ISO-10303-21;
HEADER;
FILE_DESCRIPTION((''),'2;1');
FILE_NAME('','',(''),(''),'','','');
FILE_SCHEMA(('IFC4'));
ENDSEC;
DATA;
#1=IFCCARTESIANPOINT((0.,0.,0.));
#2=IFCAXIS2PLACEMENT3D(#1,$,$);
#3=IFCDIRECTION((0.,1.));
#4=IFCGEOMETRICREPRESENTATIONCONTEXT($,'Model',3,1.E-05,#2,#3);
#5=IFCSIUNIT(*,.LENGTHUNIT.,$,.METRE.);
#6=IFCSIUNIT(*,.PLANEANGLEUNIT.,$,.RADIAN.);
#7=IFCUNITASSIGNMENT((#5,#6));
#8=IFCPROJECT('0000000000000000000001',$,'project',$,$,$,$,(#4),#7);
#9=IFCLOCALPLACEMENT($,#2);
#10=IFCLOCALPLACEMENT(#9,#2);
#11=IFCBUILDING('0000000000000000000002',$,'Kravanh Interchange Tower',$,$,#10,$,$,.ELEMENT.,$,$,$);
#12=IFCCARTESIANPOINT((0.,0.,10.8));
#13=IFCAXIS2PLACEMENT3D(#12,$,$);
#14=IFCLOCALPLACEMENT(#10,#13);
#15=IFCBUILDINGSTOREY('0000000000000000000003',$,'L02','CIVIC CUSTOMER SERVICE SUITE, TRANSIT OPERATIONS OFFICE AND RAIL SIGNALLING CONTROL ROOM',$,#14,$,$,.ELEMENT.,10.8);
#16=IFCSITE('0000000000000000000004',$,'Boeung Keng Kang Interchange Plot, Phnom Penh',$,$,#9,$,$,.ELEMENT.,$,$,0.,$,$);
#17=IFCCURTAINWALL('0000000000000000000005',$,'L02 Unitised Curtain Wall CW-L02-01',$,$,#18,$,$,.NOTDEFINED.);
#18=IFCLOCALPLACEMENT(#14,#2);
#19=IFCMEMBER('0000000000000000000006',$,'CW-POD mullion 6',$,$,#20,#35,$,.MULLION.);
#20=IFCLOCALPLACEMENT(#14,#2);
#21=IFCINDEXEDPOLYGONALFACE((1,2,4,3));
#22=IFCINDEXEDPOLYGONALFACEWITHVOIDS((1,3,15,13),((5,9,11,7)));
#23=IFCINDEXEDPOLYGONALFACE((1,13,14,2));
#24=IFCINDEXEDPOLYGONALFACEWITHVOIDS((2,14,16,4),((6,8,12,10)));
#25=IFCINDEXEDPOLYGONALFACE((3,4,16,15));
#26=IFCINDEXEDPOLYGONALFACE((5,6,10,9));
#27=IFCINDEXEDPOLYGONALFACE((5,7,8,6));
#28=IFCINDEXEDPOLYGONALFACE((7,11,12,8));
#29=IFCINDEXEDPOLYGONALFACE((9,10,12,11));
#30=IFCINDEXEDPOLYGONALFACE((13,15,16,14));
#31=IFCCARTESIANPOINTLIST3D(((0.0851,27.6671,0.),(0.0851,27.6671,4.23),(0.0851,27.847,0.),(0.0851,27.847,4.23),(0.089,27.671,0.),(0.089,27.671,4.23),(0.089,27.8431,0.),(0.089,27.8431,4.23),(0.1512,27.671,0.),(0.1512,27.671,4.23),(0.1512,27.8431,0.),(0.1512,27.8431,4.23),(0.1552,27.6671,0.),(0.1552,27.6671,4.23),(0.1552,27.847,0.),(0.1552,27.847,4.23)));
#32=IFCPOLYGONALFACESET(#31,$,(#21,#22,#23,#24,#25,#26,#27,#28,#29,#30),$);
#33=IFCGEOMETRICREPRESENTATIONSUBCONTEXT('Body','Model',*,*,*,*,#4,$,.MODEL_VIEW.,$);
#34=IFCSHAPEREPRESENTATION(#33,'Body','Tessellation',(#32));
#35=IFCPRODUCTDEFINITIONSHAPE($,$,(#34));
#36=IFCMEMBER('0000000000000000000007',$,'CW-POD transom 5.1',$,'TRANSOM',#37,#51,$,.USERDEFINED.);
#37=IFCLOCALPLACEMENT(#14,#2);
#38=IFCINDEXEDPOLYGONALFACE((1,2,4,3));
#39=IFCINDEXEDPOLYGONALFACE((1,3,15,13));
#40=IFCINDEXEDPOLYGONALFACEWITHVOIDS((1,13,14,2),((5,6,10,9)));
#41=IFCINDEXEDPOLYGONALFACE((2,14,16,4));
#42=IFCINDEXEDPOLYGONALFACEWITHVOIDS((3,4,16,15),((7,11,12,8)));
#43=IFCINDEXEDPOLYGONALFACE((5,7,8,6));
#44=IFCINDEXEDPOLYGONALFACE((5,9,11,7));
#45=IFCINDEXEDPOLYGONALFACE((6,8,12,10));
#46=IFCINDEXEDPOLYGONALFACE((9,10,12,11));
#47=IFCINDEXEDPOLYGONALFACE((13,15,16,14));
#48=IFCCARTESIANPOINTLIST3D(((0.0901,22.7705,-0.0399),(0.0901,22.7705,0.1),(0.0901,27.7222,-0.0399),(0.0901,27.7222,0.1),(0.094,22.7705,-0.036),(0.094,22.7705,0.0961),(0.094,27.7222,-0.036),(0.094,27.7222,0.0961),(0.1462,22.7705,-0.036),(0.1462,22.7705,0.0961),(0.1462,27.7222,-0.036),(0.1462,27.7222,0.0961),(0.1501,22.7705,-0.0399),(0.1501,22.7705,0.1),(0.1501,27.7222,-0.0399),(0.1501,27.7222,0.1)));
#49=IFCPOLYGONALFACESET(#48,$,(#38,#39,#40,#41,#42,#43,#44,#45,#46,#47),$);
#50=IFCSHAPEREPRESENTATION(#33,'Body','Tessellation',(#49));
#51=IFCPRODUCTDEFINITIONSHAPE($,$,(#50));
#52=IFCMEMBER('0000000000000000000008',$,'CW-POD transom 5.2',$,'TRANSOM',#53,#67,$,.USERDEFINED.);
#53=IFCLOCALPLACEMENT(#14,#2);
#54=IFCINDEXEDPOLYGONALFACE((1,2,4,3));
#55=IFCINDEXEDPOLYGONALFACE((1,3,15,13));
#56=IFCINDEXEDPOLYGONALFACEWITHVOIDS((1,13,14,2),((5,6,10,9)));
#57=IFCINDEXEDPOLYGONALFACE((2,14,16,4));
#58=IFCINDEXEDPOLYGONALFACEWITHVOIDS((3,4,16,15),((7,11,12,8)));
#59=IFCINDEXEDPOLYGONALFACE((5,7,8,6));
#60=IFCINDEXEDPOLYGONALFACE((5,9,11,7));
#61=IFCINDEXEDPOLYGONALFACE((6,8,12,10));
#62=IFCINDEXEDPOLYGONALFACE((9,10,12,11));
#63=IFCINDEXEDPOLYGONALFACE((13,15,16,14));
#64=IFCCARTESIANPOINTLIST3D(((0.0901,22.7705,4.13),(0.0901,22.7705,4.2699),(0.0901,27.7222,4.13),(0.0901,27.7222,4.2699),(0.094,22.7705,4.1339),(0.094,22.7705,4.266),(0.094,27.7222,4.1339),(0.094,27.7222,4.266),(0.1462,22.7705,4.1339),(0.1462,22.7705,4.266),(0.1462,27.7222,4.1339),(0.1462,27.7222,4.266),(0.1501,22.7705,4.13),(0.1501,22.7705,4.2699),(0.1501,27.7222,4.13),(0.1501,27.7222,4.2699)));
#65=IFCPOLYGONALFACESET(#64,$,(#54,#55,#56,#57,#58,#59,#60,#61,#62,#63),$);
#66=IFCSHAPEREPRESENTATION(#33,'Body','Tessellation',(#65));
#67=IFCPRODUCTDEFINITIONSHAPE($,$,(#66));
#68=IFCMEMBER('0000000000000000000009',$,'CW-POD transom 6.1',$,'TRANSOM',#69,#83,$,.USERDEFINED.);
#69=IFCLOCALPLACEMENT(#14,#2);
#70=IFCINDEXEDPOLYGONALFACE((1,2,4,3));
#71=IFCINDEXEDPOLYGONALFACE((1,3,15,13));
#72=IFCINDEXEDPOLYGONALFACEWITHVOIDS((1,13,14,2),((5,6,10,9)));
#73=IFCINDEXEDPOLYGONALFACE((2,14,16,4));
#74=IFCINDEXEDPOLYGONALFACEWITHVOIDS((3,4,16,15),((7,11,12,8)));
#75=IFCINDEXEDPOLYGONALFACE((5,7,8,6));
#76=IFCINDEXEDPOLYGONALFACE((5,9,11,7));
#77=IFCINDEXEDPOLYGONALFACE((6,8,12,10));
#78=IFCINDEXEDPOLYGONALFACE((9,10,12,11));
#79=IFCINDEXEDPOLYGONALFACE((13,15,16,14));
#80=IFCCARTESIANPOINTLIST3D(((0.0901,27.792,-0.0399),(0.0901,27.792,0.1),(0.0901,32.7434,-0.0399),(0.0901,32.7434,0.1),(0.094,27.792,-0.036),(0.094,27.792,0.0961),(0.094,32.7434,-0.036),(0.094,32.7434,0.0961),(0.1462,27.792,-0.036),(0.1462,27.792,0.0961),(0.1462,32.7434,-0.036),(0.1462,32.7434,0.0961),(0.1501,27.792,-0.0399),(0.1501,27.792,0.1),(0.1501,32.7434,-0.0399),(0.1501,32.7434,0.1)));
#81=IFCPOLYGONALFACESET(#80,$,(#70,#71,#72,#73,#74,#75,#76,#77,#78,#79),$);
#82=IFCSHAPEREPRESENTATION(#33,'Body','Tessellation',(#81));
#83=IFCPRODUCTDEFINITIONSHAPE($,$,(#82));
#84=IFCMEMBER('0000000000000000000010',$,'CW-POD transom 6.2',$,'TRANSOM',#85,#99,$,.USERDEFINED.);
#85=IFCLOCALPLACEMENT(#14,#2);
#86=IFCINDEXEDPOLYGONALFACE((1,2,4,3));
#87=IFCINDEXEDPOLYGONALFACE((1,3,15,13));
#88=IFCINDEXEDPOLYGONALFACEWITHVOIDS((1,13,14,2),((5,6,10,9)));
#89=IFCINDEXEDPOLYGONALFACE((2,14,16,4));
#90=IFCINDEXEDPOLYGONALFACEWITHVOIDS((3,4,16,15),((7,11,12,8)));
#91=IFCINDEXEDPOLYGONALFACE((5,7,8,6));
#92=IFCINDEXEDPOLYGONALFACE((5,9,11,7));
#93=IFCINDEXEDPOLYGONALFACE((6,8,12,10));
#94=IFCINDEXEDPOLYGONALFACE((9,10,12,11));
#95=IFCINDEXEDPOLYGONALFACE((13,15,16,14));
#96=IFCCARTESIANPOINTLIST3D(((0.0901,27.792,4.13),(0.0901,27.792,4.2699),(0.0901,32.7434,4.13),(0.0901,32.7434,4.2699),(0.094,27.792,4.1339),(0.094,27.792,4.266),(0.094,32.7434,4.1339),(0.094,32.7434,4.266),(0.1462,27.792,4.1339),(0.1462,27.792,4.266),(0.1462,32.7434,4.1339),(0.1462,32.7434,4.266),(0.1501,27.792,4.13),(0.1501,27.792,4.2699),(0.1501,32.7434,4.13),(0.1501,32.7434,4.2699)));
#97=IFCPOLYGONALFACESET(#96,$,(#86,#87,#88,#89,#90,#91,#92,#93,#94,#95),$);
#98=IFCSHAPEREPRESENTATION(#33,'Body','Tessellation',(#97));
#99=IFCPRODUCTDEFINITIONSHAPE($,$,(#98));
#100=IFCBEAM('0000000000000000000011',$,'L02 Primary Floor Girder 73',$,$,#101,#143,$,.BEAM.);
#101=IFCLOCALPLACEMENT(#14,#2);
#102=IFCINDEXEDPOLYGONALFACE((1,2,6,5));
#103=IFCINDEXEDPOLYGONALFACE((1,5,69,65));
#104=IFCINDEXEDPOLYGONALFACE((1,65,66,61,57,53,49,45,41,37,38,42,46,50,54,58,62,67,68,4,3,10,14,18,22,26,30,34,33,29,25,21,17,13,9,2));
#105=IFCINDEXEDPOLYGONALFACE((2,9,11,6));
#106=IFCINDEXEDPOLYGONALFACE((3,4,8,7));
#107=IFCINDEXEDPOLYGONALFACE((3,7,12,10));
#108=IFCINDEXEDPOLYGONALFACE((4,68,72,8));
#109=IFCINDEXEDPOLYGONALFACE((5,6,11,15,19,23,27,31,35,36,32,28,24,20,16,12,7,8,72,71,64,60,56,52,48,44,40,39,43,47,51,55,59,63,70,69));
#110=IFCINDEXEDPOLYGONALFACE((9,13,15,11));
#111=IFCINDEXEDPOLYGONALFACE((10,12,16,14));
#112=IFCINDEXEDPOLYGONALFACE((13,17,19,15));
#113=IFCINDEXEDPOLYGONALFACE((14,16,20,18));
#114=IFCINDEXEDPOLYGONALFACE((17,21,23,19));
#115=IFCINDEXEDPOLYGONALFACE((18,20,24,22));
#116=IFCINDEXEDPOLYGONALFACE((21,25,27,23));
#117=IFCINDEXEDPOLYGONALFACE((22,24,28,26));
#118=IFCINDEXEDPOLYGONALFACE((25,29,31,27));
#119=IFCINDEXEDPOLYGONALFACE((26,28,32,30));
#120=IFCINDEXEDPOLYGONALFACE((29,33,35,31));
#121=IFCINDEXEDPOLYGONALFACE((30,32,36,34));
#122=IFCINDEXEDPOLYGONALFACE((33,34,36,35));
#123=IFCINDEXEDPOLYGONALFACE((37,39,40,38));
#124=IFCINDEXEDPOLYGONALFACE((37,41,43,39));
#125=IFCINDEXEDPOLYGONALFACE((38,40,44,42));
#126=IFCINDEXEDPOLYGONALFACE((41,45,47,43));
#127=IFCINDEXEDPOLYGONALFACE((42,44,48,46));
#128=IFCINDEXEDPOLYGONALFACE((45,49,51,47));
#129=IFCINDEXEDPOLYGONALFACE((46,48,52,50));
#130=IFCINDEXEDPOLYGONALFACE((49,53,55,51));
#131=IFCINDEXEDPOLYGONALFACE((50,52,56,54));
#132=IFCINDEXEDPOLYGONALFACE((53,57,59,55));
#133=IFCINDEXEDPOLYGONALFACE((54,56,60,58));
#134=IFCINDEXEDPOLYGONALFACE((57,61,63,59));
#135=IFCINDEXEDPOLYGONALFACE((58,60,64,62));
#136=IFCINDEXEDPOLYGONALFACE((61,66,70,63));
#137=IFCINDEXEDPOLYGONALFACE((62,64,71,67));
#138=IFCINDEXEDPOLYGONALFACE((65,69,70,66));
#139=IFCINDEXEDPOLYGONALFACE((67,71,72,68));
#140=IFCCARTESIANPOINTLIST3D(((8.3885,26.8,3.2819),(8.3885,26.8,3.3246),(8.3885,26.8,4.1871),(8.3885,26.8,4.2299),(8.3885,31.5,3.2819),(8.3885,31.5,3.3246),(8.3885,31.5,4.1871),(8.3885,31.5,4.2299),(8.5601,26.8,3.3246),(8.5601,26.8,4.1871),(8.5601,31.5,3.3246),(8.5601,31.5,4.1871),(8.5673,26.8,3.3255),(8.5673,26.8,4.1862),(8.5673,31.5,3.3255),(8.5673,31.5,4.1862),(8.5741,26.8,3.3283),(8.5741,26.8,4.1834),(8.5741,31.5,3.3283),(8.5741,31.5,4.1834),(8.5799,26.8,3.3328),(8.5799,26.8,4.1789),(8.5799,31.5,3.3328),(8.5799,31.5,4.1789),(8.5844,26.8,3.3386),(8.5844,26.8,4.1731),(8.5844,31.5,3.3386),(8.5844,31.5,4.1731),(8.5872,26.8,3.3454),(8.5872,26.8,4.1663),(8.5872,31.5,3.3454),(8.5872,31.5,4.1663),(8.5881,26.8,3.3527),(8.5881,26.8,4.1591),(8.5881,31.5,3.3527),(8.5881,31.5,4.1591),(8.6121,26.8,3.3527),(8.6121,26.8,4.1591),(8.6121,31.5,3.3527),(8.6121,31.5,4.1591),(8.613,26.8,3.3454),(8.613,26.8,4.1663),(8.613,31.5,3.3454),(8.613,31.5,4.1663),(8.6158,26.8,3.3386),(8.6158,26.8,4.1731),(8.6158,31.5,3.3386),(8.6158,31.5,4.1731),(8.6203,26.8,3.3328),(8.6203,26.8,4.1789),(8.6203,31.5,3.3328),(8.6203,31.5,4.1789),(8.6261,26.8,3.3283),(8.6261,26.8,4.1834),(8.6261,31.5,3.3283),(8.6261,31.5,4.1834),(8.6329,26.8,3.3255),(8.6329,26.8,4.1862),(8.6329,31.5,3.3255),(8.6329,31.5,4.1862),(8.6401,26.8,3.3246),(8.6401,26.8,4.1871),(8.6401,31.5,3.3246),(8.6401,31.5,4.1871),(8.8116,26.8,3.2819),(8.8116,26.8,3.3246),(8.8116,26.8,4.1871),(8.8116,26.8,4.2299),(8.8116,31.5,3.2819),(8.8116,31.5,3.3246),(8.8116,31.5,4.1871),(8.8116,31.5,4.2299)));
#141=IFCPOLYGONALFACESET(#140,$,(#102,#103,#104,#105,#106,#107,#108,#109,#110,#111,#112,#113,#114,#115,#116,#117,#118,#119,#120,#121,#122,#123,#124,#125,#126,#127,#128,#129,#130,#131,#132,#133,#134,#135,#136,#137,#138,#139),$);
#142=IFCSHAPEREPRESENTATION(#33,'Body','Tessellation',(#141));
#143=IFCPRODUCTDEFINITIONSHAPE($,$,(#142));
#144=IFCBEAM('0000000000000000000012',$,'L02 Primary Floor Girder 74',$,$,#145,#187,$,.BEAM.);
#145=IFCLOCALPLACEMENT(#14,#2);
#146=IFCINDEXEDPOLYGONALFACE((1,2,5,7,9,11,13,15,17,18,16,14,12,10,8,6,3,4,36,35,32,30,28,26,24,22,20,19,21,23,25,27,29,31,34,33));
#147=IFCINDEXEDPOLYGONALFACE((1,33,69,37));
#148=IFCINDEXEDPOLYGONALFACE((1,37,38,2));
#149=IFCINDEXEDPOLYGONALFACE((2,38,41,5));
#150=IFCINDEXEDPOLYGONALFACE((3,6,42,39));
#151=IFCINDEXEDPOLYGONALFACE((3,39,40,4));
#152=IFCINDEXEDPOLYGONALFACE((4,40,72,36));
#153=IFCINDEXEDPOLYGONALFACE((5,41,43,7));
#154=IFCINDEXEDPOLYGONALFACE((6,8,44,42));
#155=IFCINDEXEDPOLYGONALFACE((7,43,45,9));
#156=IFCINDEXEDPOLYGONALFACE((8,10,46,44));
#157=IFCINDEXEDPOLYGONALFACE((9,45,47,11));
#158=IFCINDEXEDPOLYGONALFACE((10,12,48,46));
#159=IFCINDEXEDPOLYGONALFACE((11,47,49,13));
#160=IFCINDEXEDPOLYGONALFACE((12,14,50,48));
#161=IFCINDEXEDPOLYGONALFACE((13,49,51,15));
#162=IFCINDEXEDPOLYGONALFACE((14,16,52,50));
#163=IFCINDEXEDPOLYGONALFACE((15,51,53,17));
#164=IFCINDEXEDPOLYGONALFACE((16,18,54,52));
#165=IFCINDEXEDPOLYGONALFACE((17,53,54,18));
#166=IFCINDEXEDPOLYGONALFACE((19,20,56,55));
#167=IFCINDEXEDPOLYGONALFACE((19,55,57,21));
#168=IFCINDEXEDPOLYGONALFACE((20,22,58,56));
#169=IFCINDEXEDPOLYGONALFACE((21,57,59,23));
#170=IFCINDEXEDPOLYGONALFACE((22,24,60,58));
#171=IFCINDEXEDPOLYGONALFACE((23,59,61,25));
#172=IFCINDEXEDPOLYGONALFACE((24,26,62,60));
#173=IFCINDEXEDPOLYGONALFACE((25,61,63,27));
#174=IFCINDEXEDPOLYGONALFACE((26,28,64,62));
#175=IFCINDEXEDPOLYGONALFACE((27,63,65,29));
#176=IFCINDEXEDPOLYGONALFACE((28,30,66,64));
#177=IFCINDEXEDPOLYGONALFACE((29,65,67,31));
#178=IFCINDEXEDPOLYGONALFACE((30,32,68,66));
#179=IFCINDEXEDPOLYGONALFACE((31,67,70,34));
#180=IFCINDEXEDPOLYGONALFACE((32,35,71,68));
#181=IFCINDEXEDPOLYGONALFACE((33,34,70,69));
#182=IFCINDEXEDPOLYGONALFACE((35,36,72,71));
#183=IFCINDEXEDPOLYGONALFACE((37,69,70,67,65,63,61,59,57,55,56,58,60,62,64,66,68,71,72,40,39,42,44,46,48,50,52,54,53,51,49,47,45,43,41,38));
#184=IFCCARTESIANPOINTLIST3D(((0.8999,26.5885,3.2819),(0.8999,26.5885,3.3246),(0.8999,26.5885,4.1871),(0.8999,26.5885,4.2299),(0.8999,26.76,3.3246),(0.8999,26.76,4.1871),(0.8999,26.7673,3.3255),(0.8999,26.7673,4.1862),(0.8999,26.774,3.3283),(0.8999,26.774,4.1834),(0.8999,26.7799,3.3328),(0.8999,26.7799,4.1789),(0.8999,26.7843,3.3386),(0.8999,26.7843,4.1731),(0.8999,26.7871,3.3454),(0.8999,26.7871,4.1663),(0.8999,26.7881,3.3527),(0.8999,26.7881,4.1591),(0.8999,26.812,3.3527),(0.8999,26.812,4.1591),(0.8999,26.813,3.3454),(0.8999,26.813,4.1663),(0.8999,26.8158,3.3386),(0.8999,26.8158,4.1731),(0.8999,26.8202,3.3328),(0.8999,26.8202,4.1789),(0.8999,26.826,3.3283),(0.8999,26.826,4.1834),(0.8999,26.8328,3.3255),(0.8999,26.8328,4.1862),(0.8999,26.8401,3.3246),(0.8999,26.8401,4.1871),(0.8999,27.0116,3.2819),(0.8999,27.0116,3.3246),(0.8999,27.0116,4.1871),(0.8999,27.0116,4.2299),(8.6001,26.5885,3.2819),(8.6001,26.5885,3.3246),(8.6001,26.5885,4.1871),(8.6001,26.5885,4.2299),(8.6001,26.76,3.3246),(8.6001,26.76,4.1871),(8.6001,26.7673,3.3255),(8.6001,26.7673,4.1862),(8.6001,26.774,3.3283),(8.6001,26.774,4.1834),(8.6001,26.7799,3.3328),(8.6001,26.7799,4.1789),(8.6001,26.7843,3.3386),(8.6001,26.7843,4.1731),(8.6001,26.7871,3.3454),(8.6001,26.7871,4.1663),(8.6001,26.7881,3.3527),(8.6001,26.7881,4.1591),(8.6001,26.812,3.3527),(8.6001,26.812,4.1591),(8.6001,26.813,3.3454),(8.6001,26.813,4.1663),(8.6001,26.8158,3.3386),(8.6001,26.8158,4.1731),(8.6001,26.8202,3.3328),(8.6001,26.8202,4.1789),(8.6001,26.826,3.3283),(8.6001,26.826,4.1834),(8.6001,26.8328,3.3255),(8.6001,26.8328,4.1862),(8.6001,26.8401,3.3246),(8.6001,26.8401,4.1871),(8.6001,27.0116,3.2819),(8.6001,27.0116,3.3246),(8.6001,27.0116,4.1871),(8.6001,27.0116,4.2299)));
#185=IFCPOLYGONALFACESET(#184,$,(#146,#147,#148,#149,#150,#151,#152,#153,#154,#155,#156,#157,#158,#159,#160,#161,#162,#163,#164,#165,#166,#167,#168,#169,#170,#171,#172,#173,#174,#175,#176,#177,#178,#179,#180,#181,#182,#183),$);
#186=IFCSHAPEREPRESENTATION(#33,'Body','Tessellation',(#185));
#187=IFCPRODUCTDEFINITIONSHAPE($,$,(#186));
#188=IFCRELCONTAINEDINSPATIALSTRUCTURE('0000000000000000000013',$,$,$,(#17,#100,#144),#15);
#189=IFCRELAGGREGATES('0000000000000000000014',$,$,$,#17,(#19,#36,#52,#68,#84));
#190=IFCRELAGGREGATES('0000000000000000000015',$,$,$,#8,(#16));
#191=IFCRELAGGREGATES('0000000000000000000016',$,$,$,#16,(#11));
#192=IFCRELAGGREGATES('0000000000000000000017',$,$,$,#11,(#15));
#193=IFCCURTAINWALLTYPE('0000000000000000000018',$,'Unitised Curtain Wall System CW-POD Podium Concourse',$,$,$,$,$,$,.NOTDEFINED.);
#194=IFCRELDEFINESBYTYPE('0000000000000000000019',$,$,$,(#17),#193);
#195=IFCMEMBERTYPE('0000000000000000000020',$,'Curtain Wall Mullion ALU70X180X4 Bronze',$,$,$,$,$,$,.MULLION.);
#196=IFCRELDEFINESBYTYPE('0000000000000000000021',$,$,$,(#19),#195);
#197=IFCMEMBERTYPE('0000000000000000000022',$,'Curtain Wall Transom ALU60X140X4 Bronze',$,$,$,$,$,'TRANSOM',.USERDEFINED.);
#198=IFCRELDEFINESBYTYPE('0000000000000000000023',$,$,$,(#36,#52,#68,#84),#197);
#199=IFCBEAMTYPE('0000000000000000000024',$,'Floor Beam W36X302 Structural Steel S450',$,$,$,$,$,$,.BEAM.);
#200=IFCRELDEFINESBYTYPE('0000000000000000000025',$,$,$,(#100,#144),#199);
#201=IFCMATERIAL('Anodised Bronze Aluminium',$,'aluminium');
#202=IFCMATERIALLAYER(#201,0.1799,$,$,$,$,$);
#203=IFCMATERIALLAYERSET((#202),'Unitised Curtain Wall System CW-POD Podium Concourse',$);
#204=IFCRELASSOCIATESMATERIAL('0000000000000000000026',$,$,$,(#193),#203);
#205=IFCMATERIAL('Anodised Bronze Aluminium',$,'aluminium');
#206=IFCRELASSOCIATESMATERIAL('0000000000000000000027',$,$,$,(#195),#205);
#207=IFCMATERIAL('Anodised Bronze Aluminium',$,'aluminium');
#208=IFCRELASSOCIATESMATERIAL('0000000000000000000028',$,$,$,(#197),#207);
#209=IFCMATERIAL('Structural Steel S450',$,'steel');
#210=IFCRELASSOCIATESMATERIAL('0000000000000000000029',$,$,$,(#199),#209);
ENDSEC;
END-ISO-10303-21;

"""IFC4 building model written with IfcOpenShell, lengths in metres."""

from ifc_helpers import new_model, si_unit, direction, frame, origin, origin_2d, place, context, subcontext, project, spatial, hollow_rectangle, i_section, extrude, material, layer, layer_set, material_profile, profile_set, type_object, element, aggregate, save


model = new_model("IFC4")

# Units and contexts
model_context = context("Model", 3, precision=1e-05, world=origin(), true_north=direction((0.0, 1.0)))
body_context = subcontext(model_context, "Body", "Model", "MODEL_VIEW")
ifc_project = project(units=[si_unit("LENGTHUNIT", "METRE"), si_unit("PLANEANGLEUNIT", "RADIAN")], contexts=[model_context])

# Site, building, storey
site_placement = place(None, origin())
site = spatial("IfcSite", under=ifc_project, at=site_placement, Name="Boeung Keng Kang Interchange Plot, Phnom Penh", CompositionType="ELEMENT", RefElevation=0.0)
building_placement = place(site_placement, origin())
building = spatial("IfcBuilding", under=site, at=building_placement, Name="Kravanh Interchange Tower", CompositionType="ELEMENT")
storey_placement = place(building_placement, frame((0.0, 0.0, 10.8)))
storey = spatial("IfcBuildingStorey", under=building, at=storey_placement, Name="L02", Description="CIVIC CUSTOMER SERVICE SUITE, TRANSIT OPERATIONS OFFICE AND RAIL SIGNALLING CONTROL ROOM", CompositionType="ELEMENT", Elevation=10.8)

# Curtain wall, members
ifc_material_1 = material(Name="Anodised Bronze Aluminium", Category="aluminium")
ifc_layer_1 = layer(ifc_material_1, 0.1799)
ifc_layer_set_1 = layer_set([ifc_layer_1], Name="Unitised Curtain Wall System CW-POD Podium Concourse")
curtain_wall_type = type_object("IfcCurtainWallType", Name="Unitised Curtain Wall System CW-POD Podium Concourse", PredefinedType="NOTDEFINED", material=ifc_layer_set_1)
curtain_wall_placement = place(storey_placement, origin())
curtain_wall = element("IfcCurtainWall", 1, at=curtain_wall_placement, inside=storey, type_object=curtain_wall_type, Name="L02 Unitised Curtain Wall CW-L02-01", PredefinedType="NOTDEFINED")
ifc_material_2 = material(Name="Anodised Bronze Aluminium", Category="aluminium")
ifc_material_profile_1 = material_profile(ifc_material_2, hollow_rectangle(XDim=0.0701, YDim=0.1799, WallThickness=0.0039, at=origin_2d()), Name="ALU70X180X4")
ifc_profile_set_1 = profile_set([ifc_material_profile_1], Name="Anodised Bronze Aluminium")
member_type_1 = type_object("IfcMemberType", Name="Curtain Wall Mullion ALU70X180X4 Bronze", PredefinedType="MULLION", material=ifc_profile_set_1)
member_1_placement = place(storey_placement, frame((0.1201, 27.7571, 0.0), z_axis=(0.0, 0.0, 1.0), x_axis=(-1.0, 0.0, 0.0)))
member_1 = element("IfcMember", 2, at=member_1_placement, type_object=member_type_1, Name="CW-POD mullion 6", PredefinedType="MULLION", context=body_context, shape_type="SweptSolid", body=[
    extrude(hollow_rectangle(XDim=0.0701, YDim=0.1799, WallThickness=0.0039, at=origin_2d()), origin(), (0.0, 0.0, 1.0), 4.23),
])
ifc_material_3 = material(Name="Anodised Bronze Aluminium", Category="aluminium")
ifc_material_profile_2 = material_profile(ifc_material_3, hollow_rectangle(XDim=0.0601, YDim=0.1399, WallThickness=0.0039, at=origin_2d()), Name="ALU60X140X4")
ifc_profile_set_2 = profile_set([ifc_material_profile_2], Name="Anodised Bronze Aluminium")
member_type_2 = type_object("IfcMemberType", Name="Curtain Wall Transom ALU60X140X4 Bronze", ElementType="TRANSOM", PredefinedType="USERDEFINED", material=ifc_profile_set_2)
member_2_placement = place(storey_placement, frame((0.1201, 22.7705, 0.03), z_axis=(0.0, 1.0, 0.0), x_axis=(-1.0, 0.0, 0.0)))
member_2 = element("IfcMember", 3, at=member_2_placement, type_object=member_type_2, Name="CW-POD transom 5.1", ObjectType="TRANSOM", PredefinedType="USERDEFINED", context=body_context, shape_type="SweptSolid", body=[
    extrude(hollow_rectangle(XDim=0.0601, YDim=0.1399, WallThickness=0.0039, at=origin_2d()), origin(), (0.0, 0.0, 1.0), 4.9517),
])
member_3_placement = place(storey_placement, frame((0.1201, 22.7705, 4.2), z_axis=(0.0, 1.0, 0.0), x_axis=(-1.0, 0.0, 0.0)))
member_3 = element("IfcMember", 4, at=member_3_placement, type_object=member_type_2, Name="CW-POD transom 5.2", ObjectType="TRANSOM", PredefinedType="USERDEFINED", context=body_context, shape_type="SweptSolid", body=[
    extrude(hollow_rectangle(XDim=0.0601, YDim=0.1399, WallThickness=0.0039, at=origin_2d()), origin(), (0.0, 0.0, 1.0), 4.9517),
])
member_4_placement = place(storey_placement, frame((0.1201, 27.792, 0.03), z_axis=(0.0, 1.0, 0.0), x_axis=(-1.0, 0.0, 0.0)))
member_4 = element("IfcMember", 5, at=member_4_placement, type_object=member_type_2, Name="CW-POD transom 6.1", ObjectType="TRANSOM", PredefinedType="USERDEFINED", context=body_context, shape_type="SweptSolid", body=[
    extrude(hollow_rectangle(XDim=0.0601, YDim=0.1399, WallThickness=0.0039, at=origin_2d()), origin(), (0.0, 0.0, 1.0), 4.9514),
])
member_5_placement = place(storey_placement, frame((0.1201, 27.792, 4.2), z_axis=(0.0, 1.0, 0.0), x_axis=(-1.0, 0.0, 0.0)))
member_5 = element("IfcMember", 6, at=member_5_placement, type_object=member_type_2, Name="CW-POD transom 6.2", ObjectType="TRANSOM", PredefinedType="USERDEFINED", context=body_context, shape_type="SweptSolid", body=[
    extrude(hollow_rectangle(XDim=0.0601, YDim=0.1399, WallThickness=0.0039, at=origin_2d()), origin(), (0.0, 0.0, 1.0), 4.9514),
])

# Beams
ifc_material_4 = material(Name="Structural Steel S450", Category="steel")
ifc_material_profile_3 = material_profile(ifc_material_4, i_section(OverallWidth=0.4231, OverallDepth=0.948, WebThickness=0.0239, FlangeThickness=0.0427, FilletRadius=0.0281, at=origin_2d()), Name="W36X302")
ifc_profile_set_3 = profile_set([ifc_material_profile_3], Name="Structural Steel S450")
beam_type_1 = type_object("IfcBeamType", Name="Floor Beam W36X302 Structural Steel S450", PredefinedType="BEAM", material=ifc_profile_set_3)
beam_1_placement = place(storey_placement, frame((8.6001, 26.8, 3.7559), z_axis=(0.0, 1.0, 0.0), x_axis=(-1.0, 0.0, 0.0)))
element("IfcBeam", 7, at=beam_1_placement, inside=storey, type_object=beam_type_1, Name="L02 Primary Floor Girder 73", PredefinedType="BEAM", context=body_context, shape_type="SweptSolid", body=[
    extrude(i_section(OverallWidth=0.4231, OverallDepth=0.948, WebThickness=0.0239, FlangeThickness=0.0427, FilletRadius=0.0281, at=origin_2d()), origin(), (0.0, 0.0, 1.0), 4.7),
])
beam_2_placement = place(storey_placement, frame((8.6001, 26.8, 3.7559), z_axis=(-1.0, 0.0, 0.0), x_axis=(0.0, -1.0, 0.0)))
element("IfcBeam", 8, at=beam_2_placement, inside=storey, type_object=beam_type_1, Name="L02 Primary Floor Girder 74", PredefinedType="BEAM", context=body_context, shape_type="SweptSolid", body=[
    extrude(i_section(OverallWidth=0.4231, OverallDepth=0.948, WebThickness=0.0239, FlangeThickness=0.0427, FilletRadius=0.0281, at=origin_2d()), origin(), (0.0, 0.0, 1.0), 7.7002),
])

aggregate(curtain_wall, [member_1, member_2, member_3, member_4, member_5])

save(model, "model.ifc")
